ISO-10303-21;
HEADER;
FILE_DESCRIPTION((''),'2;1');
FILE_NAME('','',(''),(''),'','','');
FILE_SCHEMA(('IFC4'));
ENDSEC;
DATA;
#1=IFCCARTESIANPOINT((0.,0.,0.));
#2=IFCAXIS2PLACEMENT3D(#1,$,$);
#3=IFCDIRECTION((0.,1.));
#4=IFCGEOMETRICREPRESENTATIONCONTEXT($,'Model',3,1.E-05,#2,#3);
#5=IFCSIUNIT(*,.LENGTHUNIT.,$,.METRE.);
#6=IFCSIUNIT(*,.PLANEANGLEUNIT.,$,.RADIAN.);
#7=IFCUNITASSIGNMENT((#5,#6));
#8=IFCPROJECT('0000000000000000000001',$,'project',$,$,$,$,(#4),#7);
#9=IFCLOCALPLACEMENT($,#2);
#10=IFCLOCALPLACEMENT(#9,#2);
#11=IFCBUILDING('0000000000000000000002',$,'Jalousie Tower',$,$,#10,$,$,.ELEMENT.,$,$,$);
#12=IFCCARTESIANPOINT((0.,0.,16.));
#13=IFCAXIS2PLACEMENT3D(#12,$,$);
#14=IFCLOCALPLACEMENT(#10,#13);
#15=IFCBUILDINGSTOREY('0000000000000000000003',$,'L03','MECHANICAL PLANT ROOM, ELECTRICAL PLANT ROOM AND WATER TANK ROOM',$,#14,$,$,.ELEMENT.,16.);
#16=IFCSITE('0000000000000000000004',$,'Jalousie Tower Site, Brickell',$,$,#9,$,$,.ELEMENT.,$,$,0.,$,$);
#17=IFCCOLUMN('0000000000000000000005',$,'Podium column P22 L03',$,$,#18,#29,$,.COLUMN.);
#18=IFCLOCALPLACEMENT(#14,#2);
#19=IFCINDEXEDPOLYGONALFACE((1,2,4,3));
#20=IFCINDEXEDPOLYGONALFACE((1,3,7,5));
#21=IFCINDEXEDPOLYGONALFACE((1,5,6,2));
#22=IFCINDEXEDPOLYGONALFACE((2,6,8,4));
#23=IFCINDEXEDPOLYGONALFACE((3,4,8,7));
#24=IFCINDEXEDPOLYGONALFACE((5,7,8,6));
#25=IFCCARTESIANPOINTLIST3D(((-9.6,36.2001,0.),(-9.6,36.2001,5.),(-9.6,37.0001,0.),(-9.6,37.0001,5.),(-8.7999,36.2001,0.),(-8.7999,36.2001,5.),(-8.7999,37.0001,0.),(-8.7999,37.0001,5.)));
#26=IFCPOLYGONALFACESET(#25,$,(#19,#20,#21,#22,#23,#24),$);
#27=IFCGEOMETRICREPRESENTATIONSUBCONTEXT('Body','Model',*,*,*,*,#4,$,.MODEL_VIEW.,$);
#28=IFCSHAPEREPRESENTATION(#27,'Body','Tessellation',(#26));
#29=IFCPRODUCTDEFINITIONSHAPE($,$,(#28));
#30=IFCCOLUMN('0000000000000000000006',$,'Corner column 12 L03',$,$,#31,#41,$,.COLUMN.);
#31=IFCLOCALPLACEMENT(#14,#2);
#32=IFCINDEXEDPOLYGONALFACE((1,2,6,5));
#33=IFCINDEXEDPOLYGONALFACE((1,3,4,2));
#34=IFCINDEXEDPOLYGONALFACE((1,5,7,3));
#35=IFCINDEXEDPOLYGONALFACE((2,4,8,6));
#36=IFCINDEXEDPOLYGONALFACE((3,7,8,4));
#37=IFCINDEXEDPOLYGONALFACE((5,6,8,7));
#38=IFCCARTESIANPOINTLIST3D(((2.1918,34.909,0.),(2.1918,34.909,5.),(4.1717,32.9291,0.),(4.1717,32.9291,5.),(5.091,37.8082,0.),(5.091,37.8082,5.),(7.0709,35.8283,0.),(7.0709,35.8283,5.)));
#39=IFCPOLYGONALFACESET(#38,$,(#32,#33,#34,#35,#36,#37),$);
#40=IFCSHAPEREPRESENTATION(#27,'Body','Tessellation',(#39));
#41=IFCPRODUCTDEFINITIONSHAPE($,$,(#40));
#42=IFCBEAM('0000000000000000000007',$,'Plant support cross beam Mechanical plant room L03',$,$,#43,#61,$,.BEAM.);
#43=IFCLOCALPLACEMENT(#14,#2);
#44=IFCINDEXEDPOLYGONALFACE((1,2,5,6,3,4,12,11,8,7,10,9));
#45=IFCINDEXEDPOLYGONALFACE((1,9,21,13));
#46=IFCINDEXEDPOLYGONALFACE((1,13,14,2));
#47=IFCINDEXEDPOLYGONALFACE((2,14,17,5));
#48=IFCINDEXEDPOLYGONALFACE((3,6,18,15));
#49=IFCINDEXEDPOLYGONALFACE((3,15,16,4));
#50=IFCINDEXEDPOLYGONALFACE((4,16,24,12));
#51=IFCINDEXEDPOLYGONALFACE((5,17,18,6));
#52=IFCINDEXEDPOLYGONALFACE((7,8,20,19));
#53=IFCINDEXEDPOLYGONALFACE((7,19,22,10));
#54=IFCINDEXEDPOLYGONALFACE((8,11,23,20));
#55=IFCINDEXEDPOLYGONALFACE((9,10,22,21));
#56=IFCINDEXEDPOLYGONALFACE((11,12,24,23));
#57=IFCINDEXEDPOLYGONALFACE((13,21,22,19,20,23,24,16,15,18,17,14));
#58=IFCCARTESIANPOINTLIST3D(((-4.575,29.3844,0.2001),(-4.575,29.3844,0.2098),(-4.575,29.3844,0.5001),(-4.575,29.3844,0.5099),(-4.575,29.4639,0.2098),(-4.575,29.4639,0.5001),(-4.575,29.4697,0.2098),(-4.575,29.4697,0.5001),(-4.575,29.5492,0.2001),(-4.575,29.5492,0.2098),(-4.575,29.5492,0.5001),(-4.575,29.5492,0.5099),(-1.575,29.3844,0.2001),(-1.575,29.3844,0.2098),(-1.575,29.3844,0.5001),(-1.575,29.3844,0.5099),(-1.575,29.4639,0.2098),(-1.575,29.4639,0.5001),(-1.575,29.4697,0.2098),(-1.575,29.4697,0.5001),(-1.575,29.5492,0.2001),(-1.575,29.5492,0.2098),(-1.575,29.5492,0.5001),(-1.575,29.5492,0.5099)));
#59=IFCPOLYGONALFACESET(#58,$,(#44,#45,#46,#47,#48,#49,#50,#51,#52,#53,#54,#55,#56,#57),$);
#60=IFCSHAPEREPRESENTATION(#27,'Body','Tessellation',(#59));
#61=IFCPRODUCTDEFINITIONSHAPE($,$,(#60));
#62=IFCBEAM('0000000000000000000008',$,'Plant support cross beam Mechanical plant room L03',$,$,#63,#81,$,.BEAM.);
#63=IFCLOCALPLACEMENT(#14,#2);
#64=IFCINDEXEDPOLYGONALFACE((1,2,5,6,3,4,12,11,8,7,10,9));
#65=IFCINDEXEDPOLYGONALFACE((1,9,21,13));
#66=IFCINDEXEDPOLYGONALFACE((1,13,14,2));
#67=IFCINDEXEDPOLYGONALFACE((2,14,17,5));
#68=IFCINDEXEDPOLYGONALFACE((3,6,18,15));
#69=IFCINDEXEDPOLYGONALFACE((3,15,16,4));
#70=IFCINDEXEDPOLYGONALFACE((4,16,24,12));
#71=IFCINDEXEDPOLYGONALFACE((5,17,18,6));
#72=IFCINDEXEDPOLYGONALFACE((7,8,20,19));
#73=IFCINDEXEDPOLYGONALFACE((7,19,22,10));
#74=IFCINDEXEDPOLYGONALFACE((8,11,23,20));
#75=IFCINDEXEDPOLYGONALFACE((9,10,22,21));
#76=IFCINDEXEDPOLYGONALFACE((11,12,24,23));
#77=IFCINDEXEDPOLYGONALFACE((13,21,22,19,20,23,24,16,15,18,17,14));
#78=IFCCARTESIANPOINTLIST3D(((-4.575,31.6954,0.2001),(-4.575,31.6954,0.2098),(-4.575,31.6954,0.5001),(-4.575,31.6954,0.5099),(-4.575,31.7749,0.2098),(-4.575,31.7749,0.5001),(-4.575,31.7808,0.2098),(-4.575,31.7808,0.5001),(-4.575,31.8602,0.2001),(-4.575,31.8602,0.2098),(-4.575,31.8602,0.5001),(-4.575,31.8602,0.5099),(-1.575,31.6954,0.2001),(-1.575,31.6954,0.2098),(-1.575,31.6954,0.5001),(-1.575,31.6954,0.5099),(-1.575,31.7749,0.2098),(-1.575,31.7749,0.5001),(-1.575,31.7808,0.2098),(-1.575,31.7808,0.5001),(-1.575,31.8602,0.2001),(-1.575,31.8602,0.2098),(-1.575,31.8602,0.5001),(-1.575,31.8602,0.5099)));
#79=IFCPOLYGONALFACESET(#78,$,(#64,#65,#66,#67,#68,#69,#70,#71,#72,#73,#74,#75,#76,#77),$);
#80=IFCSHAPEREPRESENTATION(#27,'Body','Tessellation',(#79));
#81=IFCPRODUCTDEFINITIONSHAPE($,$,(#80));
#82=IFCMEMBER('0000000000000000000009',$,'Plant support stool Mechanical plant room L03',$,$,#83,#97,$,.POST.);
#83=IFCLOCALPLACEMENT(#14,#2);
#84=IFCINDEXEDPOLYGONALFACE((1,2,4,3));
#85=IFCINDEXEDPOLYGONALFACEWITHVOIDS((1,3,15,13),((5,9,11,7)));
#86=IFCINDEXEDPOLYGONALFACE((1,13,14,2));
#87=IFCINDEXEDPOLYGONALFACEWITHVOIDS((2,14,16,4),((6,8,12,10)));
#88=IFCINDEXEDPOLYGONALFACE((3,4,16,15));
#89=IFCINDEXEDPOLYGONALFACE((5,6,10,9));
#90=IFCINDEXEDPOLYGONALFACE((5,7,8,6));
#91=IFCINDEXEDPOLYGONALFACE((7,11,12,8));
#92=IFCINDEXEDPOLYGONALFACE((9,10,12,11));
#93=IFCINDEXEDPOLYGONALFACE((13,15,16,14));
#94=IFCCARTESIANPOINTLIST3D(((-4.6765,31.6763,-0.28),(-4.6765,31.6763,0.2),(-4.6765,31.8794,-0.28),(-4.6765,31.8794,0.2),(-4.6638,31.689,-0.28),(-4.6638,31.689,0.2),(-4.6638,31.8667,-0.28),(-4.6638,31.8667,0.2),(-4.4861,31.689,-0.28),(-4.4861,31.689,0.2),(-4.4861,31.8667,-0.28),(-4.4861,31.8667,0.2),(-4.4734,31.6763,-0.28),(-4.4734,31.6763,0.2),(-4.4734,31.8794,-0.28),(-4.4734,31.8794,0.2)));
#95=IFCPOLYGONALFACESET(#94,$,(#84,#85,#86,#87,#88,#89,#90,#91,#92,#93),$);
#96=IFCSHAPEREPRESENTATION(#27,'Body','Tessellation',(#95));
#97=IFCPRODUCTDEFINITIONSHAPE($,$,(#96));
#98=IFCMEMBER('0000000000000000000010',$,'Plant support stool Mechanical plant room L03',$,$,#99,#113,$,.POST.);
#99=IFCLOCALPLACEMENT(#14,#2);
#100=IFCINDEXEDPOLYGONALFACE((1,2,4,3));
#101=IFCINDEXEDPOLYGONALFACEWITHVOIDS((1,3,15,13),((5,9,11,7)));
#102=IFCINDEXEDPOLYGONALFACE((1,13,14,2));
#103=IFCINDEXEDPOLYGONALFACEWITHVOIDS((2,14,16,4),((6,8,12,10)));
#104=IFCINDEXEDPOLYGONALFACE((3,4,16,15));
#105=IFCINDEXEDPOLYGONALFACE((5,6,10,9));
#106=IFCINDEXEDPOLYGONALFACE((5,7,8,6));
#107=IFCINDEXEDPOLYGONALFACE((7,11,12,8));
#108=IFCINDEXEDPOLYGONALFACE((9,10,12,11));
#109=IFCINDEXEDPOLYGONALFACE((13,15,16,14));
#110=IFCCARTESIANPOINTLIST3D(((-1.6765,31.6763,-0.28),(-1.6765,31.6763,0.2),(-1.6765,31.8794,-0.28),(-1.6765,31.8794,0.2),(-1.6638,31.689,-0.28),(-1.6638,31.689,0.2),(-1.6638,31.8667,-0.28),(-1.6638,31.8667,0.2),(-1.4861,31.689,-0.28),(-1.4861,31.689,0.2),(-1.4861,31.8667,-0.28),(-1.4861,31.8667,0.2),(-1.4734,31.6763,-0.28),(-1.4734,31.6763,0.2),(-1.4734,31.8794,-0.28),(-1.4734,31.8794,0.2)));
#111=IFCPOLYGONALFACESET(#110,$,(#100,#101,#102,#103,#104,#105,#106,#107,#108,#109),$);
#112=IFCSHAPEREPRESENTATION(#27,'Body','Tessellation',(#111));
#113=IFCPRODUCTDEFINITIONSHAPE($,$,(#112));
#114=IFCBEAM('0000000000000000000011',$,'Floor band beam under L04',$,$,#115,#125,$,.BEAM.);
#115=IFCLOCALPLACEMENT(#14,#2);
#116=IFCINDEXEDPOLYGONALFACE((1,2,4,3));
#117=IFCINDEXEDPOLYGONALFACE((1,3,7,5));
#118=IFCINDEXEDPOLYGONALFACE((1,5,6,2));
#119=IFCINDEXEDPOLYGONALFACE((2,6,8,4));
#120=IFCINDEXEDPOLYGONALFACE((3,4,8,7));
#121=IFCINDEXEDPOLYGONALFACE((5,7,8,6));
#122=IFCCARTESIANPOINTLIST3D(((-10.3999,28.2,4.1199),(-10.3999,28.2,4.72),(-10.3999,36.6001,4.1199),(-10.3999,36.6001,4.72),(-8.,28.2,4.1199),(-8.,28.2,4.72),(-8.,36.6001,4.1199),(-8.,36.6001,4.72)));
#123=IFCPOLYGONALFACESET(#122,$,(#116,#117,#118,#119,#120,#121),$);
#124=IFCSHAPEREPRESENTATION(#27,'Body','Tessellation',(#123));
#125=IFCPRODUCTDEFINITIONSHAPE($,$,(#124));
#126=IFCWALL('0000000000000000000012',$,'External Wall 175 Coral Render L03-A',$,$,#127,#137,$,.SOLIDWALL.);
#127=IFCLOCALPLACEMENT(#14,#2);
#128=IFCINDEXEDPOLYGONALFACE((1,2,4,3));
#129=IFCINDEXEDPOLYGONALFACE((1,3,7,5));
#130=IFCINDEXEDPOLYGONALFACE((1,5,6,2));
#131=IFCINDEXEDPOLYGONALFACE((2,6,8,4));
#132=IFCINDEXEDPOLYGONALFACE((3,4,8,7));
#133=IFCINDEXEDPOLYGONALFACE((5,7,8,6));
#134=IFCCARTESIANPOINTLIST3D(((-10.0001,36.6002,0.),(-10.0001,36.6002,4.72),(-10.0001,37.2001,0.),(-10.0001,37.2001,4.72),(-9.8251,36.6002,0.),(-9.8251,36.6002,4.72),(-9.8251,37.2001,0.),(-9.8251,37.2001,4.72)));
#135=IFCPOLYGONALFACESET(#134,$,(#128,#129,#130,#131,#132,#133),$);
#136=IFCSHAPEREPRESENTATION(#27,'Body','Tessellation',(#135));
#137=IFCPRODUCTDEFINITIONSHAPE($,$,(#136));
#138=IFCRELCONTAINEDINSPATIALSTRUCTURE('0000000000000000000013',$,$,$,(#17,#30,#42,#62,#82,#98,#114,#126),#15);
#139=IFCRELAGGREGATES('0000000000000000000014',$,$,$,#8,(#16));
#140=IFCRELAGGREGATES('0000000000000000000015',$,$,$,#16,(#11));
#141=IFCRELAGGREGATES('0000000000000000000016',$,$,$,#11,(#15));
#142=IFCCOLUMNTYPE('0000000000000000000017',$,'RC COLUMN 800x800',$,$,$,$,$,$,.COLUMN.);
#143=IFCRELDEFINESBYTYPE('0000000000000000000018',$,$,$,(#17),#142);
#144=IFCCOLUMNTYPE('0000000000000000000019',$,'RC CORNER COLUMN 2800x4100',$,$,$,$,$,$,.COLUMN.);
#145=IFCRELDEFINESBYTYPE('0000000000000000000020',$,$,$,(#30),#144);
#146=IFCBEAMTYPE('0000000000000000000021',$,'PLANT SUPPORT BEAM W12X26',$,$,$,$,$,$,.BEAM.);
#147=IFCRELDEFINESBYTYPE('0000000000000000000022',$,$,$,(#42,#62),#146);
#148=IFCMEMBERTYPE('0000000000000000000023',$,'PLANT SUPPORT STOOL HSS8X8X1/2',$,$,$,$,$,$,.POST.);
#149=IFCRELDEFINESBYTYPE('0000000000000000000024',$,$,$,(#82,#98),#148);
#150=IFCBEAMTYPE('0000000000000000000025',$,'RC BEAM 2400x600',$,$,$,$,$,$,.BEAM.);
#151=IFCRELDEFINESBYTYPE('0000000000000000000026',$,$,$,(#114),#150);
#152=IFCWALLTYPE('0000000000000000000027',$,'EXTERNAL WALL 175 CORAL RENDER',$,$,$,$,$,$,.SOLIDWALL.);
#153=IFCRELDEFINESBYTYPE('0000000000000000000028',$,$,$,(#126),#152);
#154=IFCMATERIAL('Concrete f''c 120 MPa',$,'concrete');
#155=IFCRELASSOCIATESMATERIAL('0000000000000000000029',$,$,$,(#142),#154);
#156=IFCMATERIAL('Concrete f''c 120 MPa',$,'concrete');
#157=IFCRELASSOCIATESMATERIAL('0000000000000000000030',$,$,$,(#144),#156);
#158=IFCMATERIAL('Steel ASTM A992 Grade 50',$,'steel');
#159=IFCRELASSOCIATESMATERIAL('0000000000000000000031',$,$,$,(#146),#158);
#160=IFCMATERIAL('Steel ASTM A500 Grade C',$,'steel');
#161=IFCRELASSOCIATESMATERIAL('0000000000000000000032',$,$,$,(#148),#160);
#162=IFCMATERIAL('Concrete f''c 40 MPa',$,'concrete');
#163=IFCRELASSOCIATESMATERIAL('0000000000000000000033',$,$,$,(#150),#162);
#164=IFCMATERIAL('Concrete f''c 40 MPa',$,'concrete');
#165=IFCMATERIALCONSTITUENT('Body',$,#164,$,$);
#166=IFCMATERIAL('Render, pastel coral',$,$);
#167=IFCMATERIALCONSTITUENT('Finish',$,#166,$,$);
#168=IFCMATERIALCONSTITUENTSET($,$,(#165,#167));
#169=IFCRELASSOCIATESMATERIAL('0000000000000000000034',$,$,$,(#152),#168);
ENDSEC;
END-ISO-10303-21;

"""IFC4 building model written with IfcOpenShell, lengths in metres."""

from ifc_helpers import new_model, si_unit, direction, frame, frame_2d, origin, origin_2d, place, context, subcontext, project, spatial, rectangle, hollow_rectangle, i_section, extrude, material, constituent, constituent_set, material_profile, profile_set, type_object, element, save


model = new_model("IFC4")

# Units and contexts
model_context = context("Model", 3, precision=1e-05, world=origin(), true_north=direction((0.0, 1.0)))
body_context = subcontext(model_context, "Body", "Model", "MODEL_VIEW")
ifc_project = project(units=[si_unit("LENGTHUNIT", "METRE"), si_unit("PLANEANGLEUNIT", "RADIAN")], contexts=[model_context])

# Site, building, storey
site_placement = place(None, origin())
site = spatial("IfcSite", under=ifc_project, at=site_placement, Name="Jalousie Tower Site, Brickell", CompositionType="ELEMENT", RefElevation=0.0)
building_placement = place(site_placement, origin())
building = spatial("IfcBuilding", under=site, at=building_placement, Name="Jalousie Tower", CompositionType="ELEMENT")
storey_placement = place(building_placement, frame((0.0, 0.0, 16.0)))
storey = spatial("IfcBuildingStorey", under=building, at=storey_placement, Name="L03", Description="MECHANICAL PLANT ROOM, ELECTRICAL PLANT ROOM AND WATER TANK ROOM", CompositionType="ELEMENT", Elevation=16.0)

# Columns
ifc_material_1 = material(Name="Concrete f'c 120 MPa", Category="concrete")
ifc_material_profile_1 = material_profile(ifc_material_1, rectangle(XDim=0.8, YDim=0.8, at=origin_2d()), Name="RC 800x800")
ifc_profile_set_1 = profile_set([ifc_material_profile_1], Name="Concrete f'c 120 MPa")
column_type_1 = type_object("IfcColumnType", Name="RC COLUMN 800x800", PredefinedType="COLUMN", material=ifc_profile_set_1)
column_1_placement = place(storey_placement, frame((-9.2, 36.6001, 0.0), z_axis=(0.0, 0.0, 1.0), x_axis=(1.0, 0.0, 0.0)))
element("IfcColumn", 1, at=column_1_placement, inside=storey, type_object=column_type_1, Name="Podium column P22 L03", PredefinedType="COLUMN", context=body_context, shape_type="SweptSolid", body=[
    extrude(rectangle(XDim=0.8, YDim=0.8, at=origin_2d()), origin(), (0.0, 0.0, 1.0), 5.0),
])
ifc_material_2 = material(Name="Concrete f'c 120 MPa", Category="concrete")
ifc_material_profile_2 = material_profile(ifc_material_2, rectangle(XDim=2.8, YDim=4.1001, at=origin_2d()), Name="RC 2800x4100")
ifc_profile_set_2 = profile_set([ifc_material_profile_2], Name="Concrete f'c 120 MPa")
column_type_2 = type_object("IfcColumnType", Name="RC CORNER COLUMN 2800x4100", PredefinedType="COLUMN", material=ifc_profile_set_2)
column_2_placement = place(storey_placement, frame((4.6313, 35.3687, 0.0), z_axis=(0.0, 0.0, 1.0), x_axis=(0.707107, -0.707107, 0.0)))
element("IfcColumn", 2, at=column_2_placement, inside=storey, type_object=column_type_2, Name="Corner column 12 L03", PredefinedType="COLUMN", context=body_context, shape_type="SweptSolid", body=[
    extrude(rectangle(XDim=2.8, YDim=4.1001, at=origin_2d()), origin(), (0.0, 0.0, 1.0), 5.0),
])

# Beams
ifc_material_3 = material(Name="Steel ASTM A992 Grade 50", Category="steel")
ifc_material_profile_3 = material_profile(ifc_material_3, i_section(OverallWidth=0.1648, OverallDepth=0.3098, WebThickness=0.0059, FlangeThickness=0.0098, at=origin_2d()), Name="W12X26")
ifc_profile_set_3 = profile_set([ifc_material_profile_3], Name="Steel ASTM A992 Grade 50")
beam_type_1 = type_object("IfcBeamType", Name="PLANT SUPPORT BEAM W12X26", PredefinedType="BEAM", material=ifc_profile_set_3)
for number, where, z_axis, x_axis, name in (
    (3, (-4.575, 29.4668, 0.355), (1.0, 0.0, 0.0), (0.0, 1.0, 0.0), "Plant support cross beam Mechanical plant room L03"),
    (4, (-4.575, 31.7778, 0.355), (1.0, 0.0, 0.0), (0.0, 1.0, 0.0), "Plant support cross beam Mechanical plant room L03"),
):
    element("IfcBeam", number, at=place(storey_placement, frame(where, z_axis=z_axis, x_axis=x_axis)), inside=storey, type_object=beam_type_1, Name=name, PredefinedType="BEAM", context=body_context, shape_type="SweptSolid", body=[
        extrude(i_section(OverallWidth=0.1648, OverallDepth=0.3098, WebThickness=0.0059, FlangeThickness=0.0098, at=origin_2d()), origin(), (0.0, 0.0, 1.0), 3.0),
    ])

# Members
ifc_material_4 = material(Name="Steel ASTM A500 Grade C", Category="steel")
ifc_material_profile_4 = material_profile(ifc_material_4, hollow_rectangle(XDim=0.2031, YDim=0.2031, WallThickness=0.0127, at=origin_2d()), Name="HSS8X8X1/2")
ifc_profile_set_4 = profile_set([ifc_material_profile_4], Name="Steel ASTM A500 Grade C")
member_type = type_object("IfcMemberType", Name="PLANT SUPPORT STOOL HSS8X8X1/2", PredefinedType="POST", material=ifc_profile_set_4)
for number, where, z_axis, x_axis, name in (
    (5, (-4.575, 31.7778, -0.28), (0.0, 0.0, 1.0), (1.0, 0.0, 0.0), "Plant support stool Mechanical plant room L03"),
    (6, (-1.575, 31.7778, -0.28), (0.0, 0.0, 1.0), (1.0, 0.0, 0.0), "Plant support stool Mechanical plant room L03"),
):
    element("IfcMember", number, at=place(storey_placement, frame(where, z_axis=z_axis, x_axis=x_axis)), inside=storey, type_object=member_type, Name=name, PredefinedType="POST", context=body_context, shape_type="SweptSolid", body=[
        extrude(hollow_rectangle(XDim=0.2031, YDim=0.2031, WallThickness=0.0127, at=origin_2d()), origin(), (0.0, 0.0, 1.0), 0.48),
    ])

# Beam
ifc_material_5 = material(Name="Concrete f'c 40 MPa", Category="concrete")
ifc_material_profile_5 = material_profile(ifc_material_5, rectangle(XDim=2.3999, YDim=0.6001, at=origin_2d()), Name="RC 2400x600")
ifc_profile_set_5 = profile_set([ifc_material_profile_5], Name="Concrete f'c 40 MPa")
beam_type_2 = type_object("IfcBeamType", Name="RC BEAM 2400x600", PredefinedType="BEAM", material=ifc_profile_set_5)
beam_placement = place(storey_placement, frame((-9.2, 28.2, 4.4199), z_axis=(0.0, 1.0, 0.0), x_axis=(-1.0, 0.0, 0.0)))
element("IfcBeam", 7, at=beam_placement, inside=storey, type_object=beam_type_2, Name="Floor band beam under L04", PredefinedType="BEAM", context=body_context, shape_type="SweptSolid", body=[
    extrude(rectangle(XDim=2.3999, YDim=0.6001, at=origin_2d()), origin(), (0.0, 0.0, 1.0), 8.4001),
])

# Wall
ifc_material_6 = material(Name="Concrete f'c 40 MPa", Category="concrete")
ifc_constituent_1 = constituent(ifc_material_6, Name="Body")
ifc_material_7 = material(Name="Render, pastel coral")
ifc_constituent_2 = constituent(ifc_material_7, Name="Finish")
ifc_constituent_set_1 = constituent_set(constituents=[ifc_constituent_1, ifc_constituent_2])
wall_type_1 = type_object("IfcWallType", Name="EXTERNAL WALL 175 CORAL RENDER", PredefinedType="SOLIDWALL", material=ifc_constituent_set_1)
wall_1_placement = place(storey_placement, frame((-9.9126, 37.2, 0.0), z_axis=(0.0, 0.0, 1.0), x_axis=(0.0, -1.0, 0.0)))
element("IfcWall", 8, at=wall_1_placement, inside=storey, type_object=wall_type_1, Name="External Wall 175 Coral Render L03-A", PredefinedType="SOLIDWALL", context=body_context, shape_type="SweptSolid", body=[
    extrude(rectangle(XDim=0.5999, YDim=0.175, at=frame_2d((0.2998, 0.0))), origin(), (0.0, 0.0, 1.0), 4.72),
])

save(model, "model.ifc")
